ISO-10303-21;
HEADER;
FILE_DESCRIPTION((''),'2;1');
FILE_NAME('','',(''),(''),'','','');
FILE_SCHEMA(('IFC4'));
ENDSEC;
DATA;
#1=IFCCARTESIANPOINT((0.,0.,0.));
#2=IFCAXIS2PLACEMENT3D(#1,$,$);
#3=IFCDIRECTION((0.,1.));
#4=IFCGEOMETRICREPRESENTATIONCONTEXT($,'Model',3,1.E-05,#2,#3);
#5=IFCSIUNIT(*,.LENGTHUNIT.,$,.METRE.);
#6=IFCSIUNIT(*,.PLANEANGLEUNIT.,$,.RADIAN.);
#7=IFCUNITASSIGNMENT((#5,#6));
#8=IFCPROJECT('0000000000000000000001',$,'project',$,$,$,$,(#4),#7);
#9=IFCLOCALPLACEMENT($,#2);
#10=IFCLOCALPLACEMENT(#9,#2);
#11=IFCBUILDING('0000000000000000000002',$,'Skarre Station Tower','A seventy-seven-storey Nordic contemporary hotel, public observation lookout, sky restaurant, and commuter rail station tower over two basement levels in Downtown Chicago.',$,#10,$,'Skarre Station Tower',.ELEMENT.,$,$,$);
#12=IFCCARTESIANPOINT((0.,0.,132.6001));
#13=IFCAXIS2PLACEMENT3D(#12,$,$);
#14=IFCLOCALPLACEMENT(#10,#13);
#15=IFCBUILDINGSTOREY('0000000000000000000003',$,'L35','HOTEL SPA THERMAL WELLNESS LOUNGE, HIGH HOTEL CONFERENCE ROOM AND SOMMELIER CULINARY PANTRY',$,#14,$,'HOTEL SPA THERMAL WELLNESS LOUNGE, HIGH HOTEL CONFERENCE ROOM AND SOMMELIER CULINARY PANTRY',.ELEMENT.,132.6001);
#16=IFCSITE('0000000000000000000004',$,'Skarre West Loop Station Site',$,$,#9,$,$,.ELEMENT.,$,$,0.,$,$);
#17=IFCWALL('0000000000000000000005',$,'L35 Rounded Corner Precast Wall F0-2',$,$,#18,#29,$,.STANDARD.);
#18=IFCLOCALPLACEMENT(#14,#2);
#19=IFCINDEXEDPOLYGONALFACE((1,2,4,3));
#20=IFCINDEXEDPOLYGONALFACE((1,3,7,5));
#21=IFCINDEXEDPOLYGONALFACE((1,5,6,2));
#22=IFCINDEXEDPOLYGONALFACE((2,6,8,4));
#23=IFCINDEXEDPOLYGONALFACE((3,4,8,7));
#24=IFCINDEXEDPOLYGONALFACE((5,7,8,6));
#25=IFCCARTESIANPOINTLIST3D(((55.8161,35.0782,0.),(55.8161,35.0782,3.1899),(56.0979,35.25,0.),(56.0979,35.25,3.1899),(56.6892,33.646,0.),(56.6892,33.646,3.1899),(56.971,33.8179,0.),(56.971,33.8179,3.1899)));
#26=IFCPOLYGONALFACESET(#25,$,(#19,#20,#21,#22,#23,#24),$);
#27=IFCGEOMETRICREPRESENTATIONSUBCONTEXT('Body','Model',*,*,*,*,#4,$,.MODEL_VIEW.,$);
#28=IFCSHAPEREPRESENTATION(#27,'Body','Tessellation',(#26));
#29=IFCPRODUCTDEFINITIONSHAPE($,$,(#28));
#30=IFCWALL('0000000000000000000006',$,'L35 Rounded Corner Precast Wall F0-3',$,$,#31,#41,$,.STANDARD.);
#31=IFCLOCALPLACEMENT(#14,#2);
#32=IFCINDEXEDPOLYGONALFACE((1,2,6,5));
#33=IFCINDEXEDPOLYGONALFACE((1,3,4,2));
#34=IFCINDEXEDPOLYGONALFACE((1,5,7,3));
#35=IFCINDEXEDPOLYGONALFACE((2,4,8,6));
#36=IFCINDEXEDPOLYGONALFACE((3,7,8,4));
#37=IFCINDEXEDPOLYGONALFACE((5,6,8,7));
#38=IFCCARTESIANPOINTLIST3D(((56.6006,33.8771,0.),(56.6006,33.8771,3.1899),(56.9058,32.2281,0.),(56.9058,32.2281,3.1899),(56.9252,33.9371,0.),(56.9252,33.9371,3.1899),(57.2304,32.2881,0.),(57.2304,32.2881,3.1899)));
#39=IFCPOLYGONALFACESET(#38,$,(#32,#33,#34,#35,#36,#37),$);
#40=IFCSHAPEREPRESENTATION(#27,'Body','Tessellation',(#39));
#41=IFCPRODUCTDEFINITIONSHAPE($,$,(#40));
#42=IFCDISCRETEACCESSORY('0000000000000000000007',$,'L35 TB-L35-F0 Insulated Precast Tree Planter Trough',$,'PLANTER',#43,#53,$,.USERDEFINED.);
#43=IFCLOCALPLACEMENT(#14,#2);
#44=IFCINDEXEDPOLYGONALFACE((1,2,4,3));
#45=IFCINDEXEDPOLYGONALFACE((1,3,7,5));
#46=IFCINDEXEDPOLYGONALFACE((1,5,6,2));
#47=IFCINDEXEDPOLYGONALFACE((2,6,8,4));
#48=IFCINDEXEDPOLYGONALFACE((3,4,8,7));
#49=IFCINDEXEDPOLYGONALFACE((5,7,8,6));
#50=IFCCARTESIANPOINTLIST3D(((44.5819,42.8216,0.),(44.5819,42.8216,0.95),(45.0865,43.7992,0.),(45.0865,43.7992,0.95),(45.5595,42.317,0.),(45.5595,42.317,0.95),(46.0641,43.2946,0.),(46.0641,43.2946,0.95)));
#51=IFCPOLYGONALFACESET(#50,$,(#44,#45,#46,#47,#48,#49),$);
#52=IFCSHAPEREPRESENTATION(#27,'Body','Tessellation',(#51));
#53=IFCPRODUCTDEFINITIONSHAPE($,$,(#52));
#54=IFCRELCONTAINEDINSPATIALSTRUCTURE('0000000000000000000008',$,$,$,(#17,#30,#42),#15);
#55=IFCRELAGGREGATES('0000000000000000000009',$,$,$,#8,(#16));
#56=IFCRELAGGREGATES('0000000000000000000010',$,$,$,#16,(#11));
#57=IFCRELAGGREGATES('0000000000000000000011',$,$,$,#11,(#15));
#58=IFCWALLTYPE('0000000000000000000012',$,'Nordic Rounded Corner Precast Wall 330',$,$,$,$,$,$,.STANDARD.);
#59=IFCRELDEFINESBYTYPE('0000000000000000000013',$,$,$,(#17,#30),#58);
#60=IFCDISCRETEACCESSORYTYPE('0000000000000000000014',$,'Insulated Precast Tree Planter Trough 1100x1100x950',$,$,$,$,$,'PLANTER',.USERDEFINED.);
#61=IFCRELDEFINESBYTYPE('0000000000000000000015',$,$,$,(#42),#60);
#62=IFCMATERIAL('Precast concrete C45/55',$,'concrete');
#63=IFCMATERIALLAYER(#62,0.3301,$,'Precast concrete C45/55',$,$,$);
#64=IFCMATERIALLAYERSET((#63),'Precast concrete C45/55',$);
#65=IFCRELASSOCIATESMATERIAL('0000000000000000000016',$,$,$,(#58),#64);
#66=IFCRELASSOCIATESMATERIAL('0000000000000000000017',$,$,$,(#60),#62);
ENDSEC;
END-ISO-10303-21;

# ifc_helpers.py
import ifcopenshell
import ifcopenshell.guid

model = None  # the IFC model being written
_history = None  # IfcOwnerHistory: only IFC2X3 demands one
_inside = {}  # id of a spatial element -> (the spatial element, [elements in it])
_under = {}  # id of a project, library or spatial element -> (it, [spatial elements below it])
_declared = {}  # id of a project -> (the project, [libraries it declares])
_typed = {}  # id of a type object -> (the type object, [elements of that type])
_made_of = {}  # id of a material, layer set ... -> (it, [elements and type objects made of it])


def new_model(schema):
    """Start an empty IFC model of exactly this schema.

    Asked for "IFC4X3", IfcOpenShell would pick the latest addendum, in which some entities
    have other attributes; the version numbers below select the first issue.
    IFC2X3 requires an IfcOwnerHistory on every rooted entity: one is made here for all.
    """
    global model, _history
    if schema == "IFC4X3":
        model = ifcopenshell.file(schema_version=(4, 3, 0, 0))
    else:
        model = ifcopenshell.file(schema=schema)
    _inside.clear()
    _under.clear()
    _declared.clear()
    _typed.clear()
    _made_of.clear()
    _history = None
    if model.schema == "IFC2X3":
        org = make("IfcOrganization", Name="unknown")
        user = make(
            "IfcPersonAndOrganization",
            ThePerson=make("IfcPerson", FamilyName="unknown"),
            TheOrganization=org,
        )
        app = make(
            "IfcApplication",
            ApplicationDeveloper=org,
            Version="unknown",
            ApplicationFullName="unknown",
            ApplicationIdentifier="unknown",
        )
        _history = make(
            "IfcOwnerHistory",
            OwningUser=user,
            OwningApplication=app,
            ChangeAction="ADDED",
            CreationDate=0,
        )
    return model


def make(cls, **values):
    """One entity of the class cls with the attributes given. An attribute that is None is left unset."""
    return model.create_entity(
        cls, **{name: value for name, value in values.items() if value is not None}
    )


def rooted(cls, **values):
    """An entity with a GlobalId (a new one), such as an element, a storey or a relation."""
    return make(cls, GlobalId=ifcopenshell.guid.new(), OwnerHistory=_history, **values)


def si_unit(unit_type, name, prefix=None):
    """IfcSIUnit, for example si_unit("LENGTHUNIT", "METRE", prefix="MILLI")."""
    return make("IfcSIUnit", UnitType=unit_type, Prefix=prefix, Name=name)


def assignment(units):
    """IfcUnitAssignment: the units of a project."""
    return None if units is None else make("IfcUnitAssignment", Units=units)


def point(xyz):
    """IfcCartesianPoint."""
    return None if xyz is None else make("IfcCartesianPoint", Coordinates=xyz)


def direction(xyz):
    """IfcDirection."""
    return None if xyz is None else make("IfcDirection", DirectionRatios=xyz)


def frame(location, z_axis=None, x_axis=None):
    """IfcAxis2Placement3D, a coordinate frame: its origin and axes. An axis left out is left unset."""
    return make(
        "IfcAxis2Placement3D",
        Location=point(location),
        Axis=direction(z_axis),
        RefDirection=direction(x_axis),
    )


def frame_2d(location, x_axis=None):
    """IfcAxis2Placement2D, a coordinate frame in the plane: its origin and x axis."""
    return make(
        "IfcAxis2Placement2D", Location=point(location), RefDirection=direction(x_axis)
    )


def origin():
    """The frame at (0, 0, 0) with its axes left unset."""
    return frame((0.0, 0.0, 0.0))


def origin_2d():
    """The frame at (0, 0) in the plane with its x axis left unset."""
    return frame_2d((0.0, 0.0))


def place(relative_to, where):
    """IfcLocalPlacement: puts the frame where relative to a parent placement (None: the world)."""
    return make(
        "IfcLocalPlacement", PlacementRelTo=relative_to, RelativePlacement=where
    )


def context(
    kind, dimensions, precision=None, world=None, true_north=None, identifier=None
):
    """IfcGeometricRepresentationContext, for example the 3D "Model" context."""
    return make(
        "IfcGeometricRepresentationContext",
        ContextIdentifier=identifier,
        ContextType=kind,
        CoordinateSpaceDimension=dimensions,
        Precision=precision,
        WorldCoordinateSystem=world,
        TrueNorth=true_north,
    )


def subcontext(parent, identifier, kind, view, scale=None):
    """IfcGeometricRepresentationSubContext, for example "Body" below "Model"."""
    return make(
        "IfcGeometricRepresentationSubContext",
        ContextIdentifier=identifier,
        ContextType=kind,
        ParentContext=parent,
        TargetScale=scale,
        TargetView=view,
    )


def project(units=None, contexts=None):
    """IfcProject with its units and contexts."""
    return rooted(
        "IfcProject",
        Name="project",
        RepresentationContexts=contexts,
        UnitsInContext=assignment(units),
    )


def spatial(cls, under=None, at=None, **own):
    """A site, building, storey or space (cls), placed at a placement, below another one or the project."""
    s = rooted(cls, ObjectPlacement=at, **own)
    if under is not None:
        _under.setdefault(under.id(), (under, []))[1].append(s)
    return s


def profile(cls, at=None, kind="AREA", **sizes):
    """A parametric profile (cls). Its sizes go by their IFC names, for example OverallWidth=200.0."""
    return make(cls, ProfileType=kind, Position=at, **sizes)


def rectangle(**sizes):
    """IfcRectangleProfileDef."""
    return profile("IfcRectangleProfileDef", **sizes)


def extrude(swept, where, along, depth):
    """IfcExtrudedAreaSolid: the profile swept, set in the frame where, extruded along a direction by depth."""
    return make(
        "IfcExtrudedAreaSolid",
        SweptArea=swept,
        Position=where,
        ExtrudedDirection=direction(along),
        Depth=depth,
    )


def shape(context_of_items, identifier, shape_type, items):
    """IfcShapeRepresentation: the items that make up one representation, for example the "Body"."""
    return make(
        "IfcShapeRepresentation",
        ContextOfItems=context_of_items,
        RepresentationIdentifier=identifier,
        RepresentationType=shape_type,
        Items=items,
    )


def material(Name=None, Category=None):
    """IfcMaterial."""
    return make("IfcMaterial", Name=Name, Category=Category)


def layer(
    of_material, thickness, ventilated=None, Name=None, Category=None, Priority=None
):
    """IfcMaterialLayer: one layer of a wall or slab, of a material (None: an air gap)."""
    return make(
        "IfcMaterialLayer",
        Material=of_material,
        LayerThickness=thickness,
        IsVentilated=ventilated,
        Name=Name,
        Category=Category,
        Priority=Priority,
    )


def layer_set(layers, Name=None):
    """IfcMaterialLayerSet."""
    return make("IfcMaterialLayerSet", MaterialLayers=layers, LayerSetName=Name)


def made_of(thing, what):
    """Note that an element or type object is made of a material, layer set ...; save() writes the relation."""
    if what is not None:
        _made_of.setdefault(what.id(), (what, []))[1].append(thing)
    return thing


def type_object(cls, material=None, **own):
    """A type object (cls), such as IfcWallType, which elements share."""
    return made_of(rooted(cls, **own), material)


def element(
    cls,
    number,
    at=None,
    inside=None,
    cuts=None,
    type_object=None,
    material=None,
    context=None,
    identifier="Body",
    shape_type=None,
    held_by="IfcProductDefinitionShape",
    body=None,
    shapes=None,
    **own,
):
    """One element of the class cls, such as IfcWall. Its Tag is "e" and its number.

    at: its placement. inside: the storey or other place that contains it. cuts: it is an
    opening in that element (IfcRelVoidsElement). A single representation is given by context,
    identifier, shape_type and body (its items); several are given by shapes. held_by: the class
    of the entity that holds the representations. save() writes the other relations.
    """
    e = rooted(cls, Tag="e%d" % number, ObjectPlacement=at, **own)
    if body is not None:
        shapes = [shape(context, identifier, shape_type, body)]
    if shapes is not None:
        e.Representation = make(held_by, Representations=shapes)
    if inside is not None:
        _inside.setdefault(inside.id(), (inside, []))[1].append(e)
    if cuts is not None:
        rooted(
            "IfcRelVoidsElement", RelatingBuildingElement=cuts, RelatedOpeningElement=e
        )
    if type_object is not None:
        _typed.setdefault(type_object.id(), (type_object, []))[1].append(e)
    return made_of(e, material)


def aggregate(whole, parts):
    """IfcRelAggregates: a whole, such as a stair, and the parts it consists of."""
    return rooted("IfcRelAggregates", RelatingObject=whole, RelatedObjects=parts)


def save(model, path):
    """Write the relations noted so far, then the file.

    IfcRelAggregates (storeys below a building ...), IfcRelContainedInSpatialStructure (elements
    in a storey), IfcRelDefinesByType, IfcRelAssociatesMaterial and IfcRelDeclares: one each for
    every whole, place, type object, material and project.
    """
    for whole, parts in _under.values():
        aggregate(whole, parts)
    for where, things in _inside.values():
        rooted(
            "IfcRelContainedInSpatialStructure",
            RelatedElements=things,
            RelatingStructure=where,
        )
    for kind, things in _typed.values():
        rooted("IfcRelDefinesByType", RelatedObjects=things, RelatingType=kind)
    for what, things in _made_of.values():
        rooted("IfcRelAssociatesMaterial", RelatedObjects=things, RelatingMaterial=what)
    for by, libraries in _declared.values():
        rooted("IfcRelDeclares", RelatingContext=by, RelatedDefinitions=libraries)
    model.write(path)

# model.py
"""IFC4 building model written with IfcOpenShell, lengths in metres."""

from ifc_helpers import new_model, si_unit, direction, frame, frame_2d, origin, origin_2d, place, context, subcontext, project, spatial, rectangle, extrude, material, layer, layer_set, type_object, element, save


model = new_model("IFC4")

# Units and contexts
model_context = context("Model", 3, precision=1e-05, world=origin(), true_north=direction((0.0, 1.0)))
body_context = subcontext(model_context, "Body", "Model", "MODEL_VIEW")
ifc_project = project(units=[si_unit("LENGTHUNIT", "METRE"), si_unit("PLANEANGLEUNIT", "RADIAN")], contexts=[model_context])

# Site, building, storey
site_placement = place(None, origin())
site = spatial("IfcSite", under=ifc_project, at=site_placement, Name="Skarre West Loop Station Site", CompositionType="ELEMENT", RefElevation=0.0)
building_placement = place(site_placement, origin())
building = spatial("IfcBuilding", under=site, at=building_placement, Name="Skarre Station Tower", Description="A seventy-seven-storey Nordic contemporary hotel, public observation lookout, sky restaurant, and commuter rail station tower over two basement levels in Downtown Chicago.", LongName="Skarre Station Tower", CompositionType="ELEMENT")
storey_placement = place(building_placement, frame((0.0, 0.0, 132.6001)))
storey = spatial("IfcBuildingStorey", under=building, at=storey_placement, Name="L35", Description="HOTEL SPA THERMAL WELLNESS LOUNGE, HIGH HOTEL CONFERENCE ROOM AND SOMMELIER CULINARY PANTRY", LongName="HOTEL SPA THERMAL WELLNESS LOUNGE, HIGH HOTEL CONFERENCE ROOM AND SOMMELIER CULINARY PANTRY", CompositionType="ELEMENT", Elevation=132.6001)

# Shared definitions
ifc_material_1 = material(Name="Precast concrete C45/55", Category="concrete")

# Walls
ifc_layer_1 = layer(ifc_material_1, 0.3301, Name="Precast concrete C45/55")
ifc_layer_set_1 = layer_set([ifc_layer_1], Name="Precast concrete C45/55")
wall_type_1 = type_object("IfcWallType", Name="Nordic Rounded Corner Precast Wall 330", PredefinedType="STANDARD", material=ifc_layer_set_1)
wall_1_placement = place(storey_placement, frame((55.957, 35.1641, 0.0), z_axis=(0.0, 0.0, 1.0), x_axis=(0.520519, -0.85385, 0.0)))
element("IfcWall", 1, at=wall_1_placement, inside=storey, type_object=wall_type_1, Name="L35 Rounded Corner Precast Wall F0-2", PredefinedType="STANDARD", context=body_context, shape_type="SweptSolid", body=[
    extrude(rectangle(XDim=1.6772, YDim=0.3301, at=frame_2d((0.8386, 0.0))), origin(), (0.0, 0.0, 1.0), 3.1899),
])
wall_2_placement = place(storey_placement, frame((56.7629, 33.907, 0.0), z_axis=(0.0, 0.0, 1.0), x_axis=(0.181985, -0.983301, 0.0)))
element("IfcWall", 2, at=wall_2_placement, inside=storey, type_object=wall_type_1, Name="L35 Rounded Corner Precast Wall F0-3", PredefinedType="STANDARD", context=body_context, shape_type="SweptSolid", body=[
    extrude(rectangle(XDim=1.677, YDim=0.3301, at=frame_2d((0.8384, 0.0))), origin(), (0.0, 0.0, 1.0), 3.1899),
])

# Discrete accessory
discrete_accessory_type = type_object("IfcDiscreteAccessoryType", Name="Insulated Precast Tree Planter Trough 1100x1100x950", ElementType="PLANTER", PredefinedType="USERDEFINED", material=ifc_material_1)
discrete_accessory_placement = place(storey_placement, frame((45.323, 43.0581, 0.0), z_axis=(0.0, 0.0, 1.0), x_axis=(0.45865, 0.888617, 0.0)))
element("IfcDiscreteAccessory", 3, at=discrete_accessory_placement, inside=storey, type_object=discrete_accessory_type, Name="L35 TB-L35-F0 Insulated Precast Tree Planter Trough", ObjectType="PLANTER", PredefinedType="USERDEFINED", context=body_context, shape_type="SweptSolid", body=[
    extrude(rectangle(XDim=1.1001, YDim=1.1001, at=origin_2d()), origin(), (0.0, 0.0, 1.0), 0.95),
])

save(model, "model.ifc")
